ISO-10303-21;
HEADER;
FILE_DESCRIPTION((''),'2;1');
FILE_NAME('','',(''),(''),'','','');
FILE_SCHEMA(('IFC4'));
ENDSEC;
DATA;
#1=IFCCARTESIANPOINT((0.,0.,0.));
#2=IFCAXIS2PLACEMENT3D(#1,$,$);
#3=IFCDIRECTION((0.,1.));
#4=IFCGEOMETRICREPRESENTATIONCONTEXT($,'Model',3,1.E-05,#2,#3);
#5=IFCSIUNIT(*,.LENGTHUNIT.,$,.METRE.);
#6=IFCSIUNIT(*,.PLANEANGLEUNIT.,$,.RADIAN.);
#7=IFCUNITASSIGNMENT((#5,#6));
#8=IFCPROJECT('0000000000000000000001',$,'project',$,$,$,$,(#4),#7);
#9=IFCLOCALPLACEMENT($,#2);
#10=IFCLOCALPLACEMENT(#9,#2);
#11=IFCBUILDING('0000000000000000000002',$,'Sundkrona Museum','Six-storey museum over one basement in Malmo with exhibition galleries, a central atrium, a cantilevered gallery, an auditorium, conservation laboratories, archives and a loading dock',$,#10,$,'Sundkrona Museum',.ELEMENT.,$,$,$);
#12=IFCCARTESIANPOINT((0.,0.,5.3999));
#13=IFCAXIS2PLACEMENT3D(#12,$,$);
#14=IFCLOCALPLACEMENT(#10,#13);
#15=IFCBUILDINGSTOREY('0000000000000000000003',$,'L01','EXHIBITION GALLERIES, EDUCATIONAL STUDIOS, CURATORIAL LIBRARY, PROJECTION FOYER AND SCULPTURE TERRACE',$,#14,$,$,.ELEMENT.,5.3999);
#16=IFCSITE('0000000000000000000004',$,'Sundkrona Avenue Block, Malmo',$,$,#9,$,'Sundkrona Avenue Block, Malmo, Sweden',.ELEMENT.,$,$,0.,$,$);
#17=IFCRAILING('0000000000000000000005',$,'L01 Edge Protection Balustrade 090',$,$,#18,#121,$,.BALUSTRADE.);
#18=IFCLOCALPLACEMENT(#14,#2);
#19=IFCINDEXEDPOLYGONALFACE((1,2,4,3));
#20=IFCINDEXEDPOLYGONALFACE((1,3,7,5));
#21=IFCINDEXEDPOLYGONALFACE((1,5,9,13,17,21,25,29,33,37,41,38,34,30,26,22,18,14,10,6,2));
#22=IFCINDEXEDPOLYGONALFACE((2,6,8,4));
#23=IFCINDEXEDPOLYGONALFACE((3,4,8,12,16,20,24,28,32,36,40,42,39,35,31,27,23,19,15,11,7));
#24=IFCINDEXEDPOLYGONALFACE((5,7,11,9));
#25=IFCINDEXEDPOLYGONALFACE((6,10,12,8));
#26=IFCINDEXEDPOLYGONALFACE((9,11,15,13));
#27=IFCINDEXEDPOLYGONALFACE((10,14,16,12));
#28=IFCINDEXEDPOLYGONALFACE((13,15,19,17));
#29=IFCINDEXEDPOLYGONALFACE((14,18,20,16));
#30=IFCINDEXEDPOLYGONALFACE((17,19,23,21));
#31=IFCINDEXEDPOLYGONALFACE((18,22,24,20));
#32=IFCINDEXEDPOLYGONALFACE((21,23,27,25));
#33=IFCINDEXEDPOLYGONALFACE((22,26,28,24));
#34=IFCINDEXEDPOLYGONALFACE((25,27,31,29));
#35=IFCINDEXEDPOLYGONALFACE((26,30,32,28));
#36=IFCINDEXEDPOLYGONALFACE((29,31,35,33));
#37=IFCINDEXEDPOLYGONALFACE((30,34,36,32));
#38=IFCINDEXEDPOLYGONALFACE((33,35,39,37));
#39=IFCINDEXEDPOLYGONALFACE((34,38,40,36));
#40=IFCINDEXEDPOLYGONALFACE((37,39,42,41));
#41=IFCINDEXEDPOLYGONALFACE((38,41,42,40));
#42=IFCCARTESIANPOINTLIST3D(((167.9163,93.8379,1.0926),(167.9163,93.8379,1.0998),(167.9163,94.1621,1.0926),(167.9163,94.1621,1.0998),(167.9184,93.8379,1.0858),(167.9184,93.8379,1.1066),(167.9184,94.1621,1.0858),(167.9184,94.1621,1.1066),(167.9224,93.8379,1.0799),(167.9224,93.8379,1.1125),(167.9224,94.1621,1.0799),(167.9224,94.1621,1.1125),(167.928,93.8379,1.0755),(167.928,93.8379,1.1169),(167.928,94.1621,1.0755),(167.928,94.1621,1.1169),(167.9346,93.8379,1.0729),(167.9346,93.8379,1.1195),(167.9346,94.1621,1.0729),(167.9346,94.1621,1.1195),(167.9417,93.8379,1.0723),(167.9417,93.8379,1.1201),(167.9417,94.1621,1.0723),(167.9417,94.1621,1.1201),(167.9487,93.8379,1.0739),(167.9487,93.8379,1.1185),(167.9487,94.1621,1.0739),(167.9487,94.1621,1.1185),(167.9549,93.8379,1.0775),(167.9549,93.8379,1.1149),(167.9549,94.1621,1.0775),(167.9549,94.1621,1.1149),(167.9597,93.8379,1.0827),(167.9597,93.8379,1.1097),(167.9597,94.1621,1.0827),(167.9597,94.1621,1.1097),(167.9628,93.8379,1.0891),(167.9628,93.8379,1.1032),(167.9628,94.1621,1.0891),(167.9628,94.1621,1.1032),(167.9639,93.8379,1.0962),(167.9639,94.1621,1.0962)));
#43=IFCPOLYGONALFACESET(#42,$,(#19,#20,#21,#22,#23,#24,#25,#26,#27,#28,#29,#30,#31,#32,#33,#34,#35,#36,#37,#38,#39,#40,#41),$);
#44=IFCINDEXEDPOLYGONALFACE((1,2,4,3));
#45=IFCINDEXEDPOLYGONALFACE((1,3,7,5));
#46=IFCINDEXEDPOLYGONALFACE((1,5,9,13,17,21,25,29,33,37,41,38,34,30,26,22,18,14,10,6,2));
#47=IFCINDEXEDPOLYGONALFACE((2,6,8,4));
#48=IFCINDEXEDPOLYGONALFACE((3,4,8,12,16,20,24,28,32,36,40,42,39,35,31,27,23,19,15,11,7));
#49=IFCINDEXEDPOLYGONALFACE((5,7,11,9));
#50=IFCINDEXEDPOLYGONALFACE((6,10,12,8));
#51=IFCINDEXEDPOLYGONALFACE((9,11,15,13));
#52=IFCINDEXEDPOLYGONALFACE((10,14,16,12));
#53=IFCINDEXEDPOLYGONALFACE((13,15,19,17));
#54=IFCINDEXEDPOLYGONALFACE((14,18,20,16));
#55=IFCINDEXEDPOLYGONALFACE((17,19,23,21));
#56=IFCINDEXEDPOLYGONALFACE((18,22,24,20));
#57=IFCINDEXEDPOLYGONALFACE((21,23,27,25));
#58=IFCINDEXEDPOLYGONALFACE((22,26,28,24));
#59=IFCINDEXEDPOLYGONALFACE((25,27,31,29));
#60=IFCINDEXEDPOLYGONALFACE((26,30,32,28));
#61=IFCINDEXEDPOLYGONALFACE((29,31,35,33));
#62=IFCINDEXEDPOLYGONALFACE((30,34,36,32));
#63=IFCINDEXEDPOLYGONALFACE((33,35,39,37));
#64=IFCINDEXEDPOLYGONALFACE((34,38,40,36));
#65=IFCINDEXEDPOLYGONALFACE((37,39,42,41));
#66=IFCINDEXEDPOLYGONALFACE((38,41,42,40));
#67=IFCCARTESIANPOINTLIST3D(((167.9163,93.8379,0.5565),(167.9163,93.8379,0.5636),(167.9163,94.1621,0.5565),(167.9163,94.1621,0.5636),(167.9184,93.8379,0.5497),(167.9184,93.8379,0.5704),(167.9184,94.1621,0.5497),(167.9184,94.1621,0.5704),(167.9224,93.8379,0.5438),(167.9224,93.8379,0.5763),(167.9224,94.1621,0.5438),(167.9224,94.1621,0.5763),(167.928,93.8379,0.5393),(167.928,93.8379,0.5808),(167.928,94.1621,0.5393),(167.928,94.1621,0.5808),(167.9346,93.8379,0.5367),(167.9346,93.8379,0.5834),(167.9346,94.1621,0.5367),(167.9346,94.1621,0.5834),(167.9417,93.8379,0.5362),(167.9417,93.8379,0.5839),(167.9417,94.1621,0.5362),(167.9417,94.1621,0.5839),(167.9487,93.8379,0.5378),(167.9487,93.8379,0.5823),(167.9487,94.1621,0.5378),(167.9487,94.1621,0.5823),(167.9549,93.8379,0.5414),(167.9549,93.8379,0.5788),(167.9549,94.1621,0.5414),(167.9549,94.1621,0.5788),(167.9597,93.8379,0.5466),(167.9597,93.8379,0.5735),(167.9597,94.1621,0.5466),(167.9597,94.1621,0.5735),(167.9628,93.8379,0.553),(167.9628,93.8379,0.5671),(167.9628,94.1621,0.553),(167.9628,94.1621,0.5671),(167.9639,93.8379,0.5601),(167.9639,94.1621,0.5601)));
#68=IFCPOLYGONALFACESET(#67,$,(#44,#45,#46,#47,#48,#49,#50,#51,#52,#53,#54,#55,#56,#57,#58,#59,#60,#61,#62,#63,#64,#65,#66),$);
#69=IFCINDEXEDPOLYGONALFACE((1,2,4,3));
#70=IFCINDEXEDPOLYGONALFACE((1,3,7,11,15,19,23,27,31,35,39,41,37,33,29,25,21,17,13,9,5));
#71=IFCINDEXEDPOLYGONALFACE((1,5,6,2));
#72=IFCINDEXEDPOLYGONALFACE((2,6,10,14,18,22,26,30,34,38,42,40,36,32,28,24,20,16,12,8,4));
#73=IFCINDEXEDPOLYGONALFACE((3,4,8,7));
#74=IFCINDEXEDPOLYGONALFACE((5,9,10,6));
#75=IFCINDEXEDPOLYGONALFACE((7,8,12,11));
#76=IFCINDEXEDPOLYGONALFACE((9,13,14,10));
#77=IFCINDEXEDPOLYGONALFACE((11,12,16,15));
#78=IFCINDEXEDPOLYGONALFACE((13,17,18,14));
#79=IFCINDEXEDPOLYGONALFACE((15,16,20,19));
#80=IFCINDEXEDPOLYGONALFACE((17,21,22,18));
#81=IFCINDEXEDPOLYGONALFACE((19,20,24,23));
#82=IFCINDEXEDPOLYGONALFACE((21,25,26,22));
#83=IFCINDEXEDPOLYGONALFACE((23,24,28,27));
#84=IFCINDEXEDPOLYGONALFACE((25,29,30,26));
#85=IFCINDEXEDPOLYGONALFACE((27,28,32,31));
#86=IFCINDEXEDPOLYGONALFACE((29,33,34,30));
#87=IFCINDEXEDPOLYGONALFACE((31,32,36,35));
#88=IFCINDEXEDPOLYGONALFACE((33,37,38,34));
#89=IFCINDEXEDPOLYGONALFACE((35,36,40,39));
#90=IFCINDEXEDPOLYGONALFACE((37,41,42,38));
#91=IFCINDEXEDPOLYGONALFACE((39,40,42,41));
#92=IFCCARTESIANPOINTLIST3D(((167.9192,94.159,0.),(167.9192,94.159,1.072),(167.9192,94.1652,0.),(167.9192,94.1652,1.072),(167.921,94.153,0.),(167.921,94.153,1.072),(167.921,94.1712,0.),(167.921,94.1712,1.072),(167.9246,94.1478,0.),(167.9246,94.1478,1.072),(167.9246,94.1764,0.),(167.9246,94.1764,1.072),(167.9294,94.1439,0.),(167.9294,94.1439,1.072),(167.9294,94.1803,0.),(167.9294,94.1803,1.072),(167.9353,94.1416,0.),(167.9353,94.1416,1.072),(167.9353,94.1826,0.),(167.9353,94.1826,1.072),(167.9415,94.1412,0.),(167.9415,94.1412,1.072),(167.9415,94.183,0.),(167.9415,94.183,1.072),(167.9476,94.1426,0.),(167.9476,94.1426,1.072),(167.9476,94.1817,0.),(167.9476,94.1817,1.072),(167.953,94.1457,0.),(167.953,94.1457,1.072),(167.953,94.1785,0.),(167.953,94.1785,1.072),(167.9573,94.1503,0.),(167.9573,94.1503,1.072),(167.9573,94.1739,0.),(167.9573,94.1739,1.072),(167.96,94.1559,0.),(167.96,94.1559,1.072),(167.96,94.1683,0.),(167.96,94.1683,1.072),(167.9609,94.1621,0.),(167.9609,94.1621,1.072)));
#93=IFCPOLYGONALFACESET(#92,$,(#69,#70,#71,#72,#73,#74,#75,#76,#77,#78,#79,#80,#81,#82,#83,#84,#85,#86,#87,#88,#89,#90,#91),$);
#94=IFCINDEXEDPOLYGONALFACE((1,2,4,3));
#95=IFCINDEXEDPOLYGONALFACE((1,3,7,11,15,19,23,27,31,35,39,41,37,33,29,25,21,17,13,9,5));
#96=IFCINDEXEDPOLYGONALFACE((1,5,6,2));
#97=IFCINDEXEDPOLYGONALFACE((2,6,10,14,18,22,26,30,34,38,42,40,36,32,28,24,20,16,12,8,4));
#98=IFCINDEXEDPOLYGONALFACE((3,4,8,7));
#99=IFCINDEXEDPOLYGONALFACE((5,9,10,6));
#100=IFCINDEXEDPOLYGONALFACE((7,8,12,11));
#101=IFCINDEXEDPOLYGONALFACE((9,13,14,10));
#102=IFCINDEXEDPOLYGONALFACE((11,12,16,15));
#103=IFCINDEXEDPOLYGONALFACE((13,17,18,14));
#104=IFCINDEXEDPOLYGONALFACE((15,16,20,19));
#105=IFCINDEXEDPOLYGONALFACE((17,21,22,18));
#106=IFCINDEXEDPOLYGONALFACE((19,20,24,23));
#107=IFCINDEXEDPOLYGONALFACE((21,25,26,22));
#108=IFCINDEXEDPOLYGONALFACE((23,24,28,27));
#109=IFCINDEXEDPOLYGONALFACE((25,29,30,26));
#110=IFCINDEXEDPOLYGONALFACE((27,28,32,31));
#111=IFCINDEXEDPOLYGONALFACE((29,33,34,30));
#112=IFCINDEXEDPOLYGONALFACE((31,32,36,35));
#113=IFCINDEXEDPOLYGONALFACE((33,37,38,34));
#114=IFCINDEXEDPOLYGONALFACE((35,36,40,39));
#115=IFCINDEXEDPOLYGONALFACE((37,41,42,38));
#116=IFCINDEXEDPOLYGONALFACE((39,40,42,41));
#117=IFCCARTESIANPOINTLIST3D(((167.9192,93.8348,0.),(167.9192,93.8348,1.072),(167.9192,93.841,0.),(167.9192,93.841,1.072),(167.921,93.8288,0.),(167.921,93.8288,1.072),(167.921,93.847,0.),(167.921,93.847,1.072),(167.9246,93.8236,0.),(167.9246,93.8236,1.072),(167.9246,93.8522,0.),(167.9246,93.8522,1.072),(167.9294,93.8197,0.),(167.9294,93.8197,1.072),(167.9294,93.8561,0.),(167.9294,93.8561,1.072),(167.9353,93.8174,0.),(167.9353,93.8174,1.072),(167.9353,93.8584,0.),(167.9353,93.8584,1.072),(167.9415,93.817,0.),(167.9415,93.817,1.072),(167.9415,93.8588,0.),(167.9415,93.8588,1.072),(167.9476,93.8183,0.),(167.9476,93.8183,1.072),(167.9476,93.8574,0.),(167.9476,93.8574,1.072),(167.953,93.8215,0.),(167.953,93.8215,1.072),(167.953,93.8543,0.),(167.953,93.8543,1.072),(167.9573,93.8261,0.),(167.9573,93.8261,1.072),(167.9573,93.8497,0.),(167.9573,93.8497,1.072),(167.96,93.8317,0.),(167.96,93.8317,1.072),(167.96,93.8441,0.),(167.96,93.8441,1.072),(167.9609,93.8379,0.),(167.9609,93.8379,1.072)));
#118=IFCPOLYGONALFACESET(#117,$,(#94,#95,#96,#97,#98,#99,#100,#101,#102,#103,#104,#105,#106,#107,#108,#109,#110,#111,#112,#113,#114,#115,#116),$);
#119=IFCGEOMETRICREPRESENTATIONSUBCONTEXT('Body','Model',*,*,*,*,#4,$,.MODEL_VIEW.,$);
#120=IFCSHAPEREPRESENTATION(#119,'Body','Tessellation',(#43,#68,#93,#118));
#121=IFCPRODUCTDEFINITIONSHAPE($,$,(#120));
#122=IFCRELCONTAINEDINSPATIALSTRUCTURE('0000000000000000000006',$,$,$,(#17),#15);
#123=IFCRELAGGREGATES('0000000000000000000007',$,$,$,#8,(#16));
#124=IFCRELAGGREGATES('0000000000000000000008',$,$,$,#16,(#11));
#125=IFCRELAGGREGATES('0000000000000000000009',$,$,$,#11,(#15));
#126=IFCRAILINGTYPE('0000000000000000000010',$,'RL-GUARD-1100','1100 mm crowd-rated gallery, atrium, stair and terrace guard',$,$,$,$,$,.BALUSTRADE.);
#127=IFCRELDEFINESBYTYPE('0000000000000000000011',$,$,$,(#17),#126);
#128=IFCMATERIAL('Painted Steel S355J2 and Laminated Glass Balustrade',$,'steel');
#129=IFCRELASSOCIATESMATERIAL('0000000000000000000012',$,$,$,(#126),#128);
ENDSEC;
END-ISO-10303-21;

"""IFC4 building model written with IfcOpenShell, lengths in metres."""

from ifc_helpers import new_model, si_unit, direction, frame, origin, origin_2d, place, context, subcontext, project, spatial, circle, extrude, material, type_object, element, save


model = new_model("IFC4")

# Units and contexts
model_context = context("Model", 3, precision=1e-05, world=origin(), true_north=direction((0.0, 1.0)))
body_context = subcontext(model_context, "Body", "Model", "MODEL_VIEW")
ifc_project = project(units=[si_unit("LENGTHUNIT", "METRE"), si_unit("PLANEANGLEUNIT", "RADIAN")], contexts=[model_context])

# Site, building, storey
site_placement = place(None, origin())
site = spatial("IfcSite", under=ifc_project, at=site_placement, Name="Sundkrona Avenue Block, Malmo", LongName="Sundkrona Avenue Block, Malmo, Sweden", CompositionType="ELEMENT", RefElevation=0.0)
building_placement = place(site_placement, origin())
building = spatial("IfcBuilding", under=site, at=building_placement, Name="Sundkrona Museum", Description="Six-storey museum over one basement in Malmo with exhibition galleries, a central atrium, a cantilevered gallery, an auditorium, conservation laboratories, archives and a loading dock", LongName="Sundkrona Museum", CompositionType="ELEMENT")
storey_placement = place(building_placement, frame((0.0, 0.0, 5.3999)))
storey = spatial("IfcBuildingStorey", under=building, at=storey_placement, Name="L01", Description="EXHIBITION GALLERIES, EDUCATIONAL STUDIOS, CURATORIAL LIBRARY, PROJECTION FOYER AND SCULPTURE TERRACE", CompositionType="ELEMENT", Elevation=5.3999)

# Railing
ifc_material_1 = material(Name="Painted Steel S355J2 and Laminated Glass Balustrade", Category="steel")
railing_type = type_object("IfcRailingType", Name="RL-GUARD-1100", Description="1100 mm crowd-rated gallery, atrium, stair and terrace guard", PredefinedType="BALUSTRADE", material=ifc_material_1)
for number, where, name in (
    (1, (167.9399, 94.1621, 0.0), "L01 Edge Protection Balustrade 090"),
):
    element("IfcRailing", number, at=place(storey_placement, frame(where)), inside=storey, type_object=railing_type, Name=name, PredefinedType="BALUSTRADE", context=body_context, shape_type="SweptSolid", body=[
        extrude(circle(Radius=0.0239, at=origin_2d()), frame((0.0, 0.0, 1.0962), z_axis=(0.0, -1.0, 0.0), x_axis=(1.0, 0.0, 0.0)), (0.0, 0.0, 1.0), 0.3242),
        extrude(circle(Radius=0.0239, at=origin_2d()), frame((0.0, 0.0, 0.5601), z_axis=(0.0, -1.0, 0.0), x_axis=(1.0, 0.0, 0.0)), (0.0, 0.0, 1.0), 0.3242),
        extrude(circle(Radius=0.021, at=origin_2d()), origin(), (0.0, 0.0, 1.0), 1.072),
        extrude(circle(Radius=0.021, at=origin_2d()), frame((0.0, -0.3242, 0.0)), (0.0, 0.0, 1.0), 1.072),
    ])

save(model, "model.ifc")
